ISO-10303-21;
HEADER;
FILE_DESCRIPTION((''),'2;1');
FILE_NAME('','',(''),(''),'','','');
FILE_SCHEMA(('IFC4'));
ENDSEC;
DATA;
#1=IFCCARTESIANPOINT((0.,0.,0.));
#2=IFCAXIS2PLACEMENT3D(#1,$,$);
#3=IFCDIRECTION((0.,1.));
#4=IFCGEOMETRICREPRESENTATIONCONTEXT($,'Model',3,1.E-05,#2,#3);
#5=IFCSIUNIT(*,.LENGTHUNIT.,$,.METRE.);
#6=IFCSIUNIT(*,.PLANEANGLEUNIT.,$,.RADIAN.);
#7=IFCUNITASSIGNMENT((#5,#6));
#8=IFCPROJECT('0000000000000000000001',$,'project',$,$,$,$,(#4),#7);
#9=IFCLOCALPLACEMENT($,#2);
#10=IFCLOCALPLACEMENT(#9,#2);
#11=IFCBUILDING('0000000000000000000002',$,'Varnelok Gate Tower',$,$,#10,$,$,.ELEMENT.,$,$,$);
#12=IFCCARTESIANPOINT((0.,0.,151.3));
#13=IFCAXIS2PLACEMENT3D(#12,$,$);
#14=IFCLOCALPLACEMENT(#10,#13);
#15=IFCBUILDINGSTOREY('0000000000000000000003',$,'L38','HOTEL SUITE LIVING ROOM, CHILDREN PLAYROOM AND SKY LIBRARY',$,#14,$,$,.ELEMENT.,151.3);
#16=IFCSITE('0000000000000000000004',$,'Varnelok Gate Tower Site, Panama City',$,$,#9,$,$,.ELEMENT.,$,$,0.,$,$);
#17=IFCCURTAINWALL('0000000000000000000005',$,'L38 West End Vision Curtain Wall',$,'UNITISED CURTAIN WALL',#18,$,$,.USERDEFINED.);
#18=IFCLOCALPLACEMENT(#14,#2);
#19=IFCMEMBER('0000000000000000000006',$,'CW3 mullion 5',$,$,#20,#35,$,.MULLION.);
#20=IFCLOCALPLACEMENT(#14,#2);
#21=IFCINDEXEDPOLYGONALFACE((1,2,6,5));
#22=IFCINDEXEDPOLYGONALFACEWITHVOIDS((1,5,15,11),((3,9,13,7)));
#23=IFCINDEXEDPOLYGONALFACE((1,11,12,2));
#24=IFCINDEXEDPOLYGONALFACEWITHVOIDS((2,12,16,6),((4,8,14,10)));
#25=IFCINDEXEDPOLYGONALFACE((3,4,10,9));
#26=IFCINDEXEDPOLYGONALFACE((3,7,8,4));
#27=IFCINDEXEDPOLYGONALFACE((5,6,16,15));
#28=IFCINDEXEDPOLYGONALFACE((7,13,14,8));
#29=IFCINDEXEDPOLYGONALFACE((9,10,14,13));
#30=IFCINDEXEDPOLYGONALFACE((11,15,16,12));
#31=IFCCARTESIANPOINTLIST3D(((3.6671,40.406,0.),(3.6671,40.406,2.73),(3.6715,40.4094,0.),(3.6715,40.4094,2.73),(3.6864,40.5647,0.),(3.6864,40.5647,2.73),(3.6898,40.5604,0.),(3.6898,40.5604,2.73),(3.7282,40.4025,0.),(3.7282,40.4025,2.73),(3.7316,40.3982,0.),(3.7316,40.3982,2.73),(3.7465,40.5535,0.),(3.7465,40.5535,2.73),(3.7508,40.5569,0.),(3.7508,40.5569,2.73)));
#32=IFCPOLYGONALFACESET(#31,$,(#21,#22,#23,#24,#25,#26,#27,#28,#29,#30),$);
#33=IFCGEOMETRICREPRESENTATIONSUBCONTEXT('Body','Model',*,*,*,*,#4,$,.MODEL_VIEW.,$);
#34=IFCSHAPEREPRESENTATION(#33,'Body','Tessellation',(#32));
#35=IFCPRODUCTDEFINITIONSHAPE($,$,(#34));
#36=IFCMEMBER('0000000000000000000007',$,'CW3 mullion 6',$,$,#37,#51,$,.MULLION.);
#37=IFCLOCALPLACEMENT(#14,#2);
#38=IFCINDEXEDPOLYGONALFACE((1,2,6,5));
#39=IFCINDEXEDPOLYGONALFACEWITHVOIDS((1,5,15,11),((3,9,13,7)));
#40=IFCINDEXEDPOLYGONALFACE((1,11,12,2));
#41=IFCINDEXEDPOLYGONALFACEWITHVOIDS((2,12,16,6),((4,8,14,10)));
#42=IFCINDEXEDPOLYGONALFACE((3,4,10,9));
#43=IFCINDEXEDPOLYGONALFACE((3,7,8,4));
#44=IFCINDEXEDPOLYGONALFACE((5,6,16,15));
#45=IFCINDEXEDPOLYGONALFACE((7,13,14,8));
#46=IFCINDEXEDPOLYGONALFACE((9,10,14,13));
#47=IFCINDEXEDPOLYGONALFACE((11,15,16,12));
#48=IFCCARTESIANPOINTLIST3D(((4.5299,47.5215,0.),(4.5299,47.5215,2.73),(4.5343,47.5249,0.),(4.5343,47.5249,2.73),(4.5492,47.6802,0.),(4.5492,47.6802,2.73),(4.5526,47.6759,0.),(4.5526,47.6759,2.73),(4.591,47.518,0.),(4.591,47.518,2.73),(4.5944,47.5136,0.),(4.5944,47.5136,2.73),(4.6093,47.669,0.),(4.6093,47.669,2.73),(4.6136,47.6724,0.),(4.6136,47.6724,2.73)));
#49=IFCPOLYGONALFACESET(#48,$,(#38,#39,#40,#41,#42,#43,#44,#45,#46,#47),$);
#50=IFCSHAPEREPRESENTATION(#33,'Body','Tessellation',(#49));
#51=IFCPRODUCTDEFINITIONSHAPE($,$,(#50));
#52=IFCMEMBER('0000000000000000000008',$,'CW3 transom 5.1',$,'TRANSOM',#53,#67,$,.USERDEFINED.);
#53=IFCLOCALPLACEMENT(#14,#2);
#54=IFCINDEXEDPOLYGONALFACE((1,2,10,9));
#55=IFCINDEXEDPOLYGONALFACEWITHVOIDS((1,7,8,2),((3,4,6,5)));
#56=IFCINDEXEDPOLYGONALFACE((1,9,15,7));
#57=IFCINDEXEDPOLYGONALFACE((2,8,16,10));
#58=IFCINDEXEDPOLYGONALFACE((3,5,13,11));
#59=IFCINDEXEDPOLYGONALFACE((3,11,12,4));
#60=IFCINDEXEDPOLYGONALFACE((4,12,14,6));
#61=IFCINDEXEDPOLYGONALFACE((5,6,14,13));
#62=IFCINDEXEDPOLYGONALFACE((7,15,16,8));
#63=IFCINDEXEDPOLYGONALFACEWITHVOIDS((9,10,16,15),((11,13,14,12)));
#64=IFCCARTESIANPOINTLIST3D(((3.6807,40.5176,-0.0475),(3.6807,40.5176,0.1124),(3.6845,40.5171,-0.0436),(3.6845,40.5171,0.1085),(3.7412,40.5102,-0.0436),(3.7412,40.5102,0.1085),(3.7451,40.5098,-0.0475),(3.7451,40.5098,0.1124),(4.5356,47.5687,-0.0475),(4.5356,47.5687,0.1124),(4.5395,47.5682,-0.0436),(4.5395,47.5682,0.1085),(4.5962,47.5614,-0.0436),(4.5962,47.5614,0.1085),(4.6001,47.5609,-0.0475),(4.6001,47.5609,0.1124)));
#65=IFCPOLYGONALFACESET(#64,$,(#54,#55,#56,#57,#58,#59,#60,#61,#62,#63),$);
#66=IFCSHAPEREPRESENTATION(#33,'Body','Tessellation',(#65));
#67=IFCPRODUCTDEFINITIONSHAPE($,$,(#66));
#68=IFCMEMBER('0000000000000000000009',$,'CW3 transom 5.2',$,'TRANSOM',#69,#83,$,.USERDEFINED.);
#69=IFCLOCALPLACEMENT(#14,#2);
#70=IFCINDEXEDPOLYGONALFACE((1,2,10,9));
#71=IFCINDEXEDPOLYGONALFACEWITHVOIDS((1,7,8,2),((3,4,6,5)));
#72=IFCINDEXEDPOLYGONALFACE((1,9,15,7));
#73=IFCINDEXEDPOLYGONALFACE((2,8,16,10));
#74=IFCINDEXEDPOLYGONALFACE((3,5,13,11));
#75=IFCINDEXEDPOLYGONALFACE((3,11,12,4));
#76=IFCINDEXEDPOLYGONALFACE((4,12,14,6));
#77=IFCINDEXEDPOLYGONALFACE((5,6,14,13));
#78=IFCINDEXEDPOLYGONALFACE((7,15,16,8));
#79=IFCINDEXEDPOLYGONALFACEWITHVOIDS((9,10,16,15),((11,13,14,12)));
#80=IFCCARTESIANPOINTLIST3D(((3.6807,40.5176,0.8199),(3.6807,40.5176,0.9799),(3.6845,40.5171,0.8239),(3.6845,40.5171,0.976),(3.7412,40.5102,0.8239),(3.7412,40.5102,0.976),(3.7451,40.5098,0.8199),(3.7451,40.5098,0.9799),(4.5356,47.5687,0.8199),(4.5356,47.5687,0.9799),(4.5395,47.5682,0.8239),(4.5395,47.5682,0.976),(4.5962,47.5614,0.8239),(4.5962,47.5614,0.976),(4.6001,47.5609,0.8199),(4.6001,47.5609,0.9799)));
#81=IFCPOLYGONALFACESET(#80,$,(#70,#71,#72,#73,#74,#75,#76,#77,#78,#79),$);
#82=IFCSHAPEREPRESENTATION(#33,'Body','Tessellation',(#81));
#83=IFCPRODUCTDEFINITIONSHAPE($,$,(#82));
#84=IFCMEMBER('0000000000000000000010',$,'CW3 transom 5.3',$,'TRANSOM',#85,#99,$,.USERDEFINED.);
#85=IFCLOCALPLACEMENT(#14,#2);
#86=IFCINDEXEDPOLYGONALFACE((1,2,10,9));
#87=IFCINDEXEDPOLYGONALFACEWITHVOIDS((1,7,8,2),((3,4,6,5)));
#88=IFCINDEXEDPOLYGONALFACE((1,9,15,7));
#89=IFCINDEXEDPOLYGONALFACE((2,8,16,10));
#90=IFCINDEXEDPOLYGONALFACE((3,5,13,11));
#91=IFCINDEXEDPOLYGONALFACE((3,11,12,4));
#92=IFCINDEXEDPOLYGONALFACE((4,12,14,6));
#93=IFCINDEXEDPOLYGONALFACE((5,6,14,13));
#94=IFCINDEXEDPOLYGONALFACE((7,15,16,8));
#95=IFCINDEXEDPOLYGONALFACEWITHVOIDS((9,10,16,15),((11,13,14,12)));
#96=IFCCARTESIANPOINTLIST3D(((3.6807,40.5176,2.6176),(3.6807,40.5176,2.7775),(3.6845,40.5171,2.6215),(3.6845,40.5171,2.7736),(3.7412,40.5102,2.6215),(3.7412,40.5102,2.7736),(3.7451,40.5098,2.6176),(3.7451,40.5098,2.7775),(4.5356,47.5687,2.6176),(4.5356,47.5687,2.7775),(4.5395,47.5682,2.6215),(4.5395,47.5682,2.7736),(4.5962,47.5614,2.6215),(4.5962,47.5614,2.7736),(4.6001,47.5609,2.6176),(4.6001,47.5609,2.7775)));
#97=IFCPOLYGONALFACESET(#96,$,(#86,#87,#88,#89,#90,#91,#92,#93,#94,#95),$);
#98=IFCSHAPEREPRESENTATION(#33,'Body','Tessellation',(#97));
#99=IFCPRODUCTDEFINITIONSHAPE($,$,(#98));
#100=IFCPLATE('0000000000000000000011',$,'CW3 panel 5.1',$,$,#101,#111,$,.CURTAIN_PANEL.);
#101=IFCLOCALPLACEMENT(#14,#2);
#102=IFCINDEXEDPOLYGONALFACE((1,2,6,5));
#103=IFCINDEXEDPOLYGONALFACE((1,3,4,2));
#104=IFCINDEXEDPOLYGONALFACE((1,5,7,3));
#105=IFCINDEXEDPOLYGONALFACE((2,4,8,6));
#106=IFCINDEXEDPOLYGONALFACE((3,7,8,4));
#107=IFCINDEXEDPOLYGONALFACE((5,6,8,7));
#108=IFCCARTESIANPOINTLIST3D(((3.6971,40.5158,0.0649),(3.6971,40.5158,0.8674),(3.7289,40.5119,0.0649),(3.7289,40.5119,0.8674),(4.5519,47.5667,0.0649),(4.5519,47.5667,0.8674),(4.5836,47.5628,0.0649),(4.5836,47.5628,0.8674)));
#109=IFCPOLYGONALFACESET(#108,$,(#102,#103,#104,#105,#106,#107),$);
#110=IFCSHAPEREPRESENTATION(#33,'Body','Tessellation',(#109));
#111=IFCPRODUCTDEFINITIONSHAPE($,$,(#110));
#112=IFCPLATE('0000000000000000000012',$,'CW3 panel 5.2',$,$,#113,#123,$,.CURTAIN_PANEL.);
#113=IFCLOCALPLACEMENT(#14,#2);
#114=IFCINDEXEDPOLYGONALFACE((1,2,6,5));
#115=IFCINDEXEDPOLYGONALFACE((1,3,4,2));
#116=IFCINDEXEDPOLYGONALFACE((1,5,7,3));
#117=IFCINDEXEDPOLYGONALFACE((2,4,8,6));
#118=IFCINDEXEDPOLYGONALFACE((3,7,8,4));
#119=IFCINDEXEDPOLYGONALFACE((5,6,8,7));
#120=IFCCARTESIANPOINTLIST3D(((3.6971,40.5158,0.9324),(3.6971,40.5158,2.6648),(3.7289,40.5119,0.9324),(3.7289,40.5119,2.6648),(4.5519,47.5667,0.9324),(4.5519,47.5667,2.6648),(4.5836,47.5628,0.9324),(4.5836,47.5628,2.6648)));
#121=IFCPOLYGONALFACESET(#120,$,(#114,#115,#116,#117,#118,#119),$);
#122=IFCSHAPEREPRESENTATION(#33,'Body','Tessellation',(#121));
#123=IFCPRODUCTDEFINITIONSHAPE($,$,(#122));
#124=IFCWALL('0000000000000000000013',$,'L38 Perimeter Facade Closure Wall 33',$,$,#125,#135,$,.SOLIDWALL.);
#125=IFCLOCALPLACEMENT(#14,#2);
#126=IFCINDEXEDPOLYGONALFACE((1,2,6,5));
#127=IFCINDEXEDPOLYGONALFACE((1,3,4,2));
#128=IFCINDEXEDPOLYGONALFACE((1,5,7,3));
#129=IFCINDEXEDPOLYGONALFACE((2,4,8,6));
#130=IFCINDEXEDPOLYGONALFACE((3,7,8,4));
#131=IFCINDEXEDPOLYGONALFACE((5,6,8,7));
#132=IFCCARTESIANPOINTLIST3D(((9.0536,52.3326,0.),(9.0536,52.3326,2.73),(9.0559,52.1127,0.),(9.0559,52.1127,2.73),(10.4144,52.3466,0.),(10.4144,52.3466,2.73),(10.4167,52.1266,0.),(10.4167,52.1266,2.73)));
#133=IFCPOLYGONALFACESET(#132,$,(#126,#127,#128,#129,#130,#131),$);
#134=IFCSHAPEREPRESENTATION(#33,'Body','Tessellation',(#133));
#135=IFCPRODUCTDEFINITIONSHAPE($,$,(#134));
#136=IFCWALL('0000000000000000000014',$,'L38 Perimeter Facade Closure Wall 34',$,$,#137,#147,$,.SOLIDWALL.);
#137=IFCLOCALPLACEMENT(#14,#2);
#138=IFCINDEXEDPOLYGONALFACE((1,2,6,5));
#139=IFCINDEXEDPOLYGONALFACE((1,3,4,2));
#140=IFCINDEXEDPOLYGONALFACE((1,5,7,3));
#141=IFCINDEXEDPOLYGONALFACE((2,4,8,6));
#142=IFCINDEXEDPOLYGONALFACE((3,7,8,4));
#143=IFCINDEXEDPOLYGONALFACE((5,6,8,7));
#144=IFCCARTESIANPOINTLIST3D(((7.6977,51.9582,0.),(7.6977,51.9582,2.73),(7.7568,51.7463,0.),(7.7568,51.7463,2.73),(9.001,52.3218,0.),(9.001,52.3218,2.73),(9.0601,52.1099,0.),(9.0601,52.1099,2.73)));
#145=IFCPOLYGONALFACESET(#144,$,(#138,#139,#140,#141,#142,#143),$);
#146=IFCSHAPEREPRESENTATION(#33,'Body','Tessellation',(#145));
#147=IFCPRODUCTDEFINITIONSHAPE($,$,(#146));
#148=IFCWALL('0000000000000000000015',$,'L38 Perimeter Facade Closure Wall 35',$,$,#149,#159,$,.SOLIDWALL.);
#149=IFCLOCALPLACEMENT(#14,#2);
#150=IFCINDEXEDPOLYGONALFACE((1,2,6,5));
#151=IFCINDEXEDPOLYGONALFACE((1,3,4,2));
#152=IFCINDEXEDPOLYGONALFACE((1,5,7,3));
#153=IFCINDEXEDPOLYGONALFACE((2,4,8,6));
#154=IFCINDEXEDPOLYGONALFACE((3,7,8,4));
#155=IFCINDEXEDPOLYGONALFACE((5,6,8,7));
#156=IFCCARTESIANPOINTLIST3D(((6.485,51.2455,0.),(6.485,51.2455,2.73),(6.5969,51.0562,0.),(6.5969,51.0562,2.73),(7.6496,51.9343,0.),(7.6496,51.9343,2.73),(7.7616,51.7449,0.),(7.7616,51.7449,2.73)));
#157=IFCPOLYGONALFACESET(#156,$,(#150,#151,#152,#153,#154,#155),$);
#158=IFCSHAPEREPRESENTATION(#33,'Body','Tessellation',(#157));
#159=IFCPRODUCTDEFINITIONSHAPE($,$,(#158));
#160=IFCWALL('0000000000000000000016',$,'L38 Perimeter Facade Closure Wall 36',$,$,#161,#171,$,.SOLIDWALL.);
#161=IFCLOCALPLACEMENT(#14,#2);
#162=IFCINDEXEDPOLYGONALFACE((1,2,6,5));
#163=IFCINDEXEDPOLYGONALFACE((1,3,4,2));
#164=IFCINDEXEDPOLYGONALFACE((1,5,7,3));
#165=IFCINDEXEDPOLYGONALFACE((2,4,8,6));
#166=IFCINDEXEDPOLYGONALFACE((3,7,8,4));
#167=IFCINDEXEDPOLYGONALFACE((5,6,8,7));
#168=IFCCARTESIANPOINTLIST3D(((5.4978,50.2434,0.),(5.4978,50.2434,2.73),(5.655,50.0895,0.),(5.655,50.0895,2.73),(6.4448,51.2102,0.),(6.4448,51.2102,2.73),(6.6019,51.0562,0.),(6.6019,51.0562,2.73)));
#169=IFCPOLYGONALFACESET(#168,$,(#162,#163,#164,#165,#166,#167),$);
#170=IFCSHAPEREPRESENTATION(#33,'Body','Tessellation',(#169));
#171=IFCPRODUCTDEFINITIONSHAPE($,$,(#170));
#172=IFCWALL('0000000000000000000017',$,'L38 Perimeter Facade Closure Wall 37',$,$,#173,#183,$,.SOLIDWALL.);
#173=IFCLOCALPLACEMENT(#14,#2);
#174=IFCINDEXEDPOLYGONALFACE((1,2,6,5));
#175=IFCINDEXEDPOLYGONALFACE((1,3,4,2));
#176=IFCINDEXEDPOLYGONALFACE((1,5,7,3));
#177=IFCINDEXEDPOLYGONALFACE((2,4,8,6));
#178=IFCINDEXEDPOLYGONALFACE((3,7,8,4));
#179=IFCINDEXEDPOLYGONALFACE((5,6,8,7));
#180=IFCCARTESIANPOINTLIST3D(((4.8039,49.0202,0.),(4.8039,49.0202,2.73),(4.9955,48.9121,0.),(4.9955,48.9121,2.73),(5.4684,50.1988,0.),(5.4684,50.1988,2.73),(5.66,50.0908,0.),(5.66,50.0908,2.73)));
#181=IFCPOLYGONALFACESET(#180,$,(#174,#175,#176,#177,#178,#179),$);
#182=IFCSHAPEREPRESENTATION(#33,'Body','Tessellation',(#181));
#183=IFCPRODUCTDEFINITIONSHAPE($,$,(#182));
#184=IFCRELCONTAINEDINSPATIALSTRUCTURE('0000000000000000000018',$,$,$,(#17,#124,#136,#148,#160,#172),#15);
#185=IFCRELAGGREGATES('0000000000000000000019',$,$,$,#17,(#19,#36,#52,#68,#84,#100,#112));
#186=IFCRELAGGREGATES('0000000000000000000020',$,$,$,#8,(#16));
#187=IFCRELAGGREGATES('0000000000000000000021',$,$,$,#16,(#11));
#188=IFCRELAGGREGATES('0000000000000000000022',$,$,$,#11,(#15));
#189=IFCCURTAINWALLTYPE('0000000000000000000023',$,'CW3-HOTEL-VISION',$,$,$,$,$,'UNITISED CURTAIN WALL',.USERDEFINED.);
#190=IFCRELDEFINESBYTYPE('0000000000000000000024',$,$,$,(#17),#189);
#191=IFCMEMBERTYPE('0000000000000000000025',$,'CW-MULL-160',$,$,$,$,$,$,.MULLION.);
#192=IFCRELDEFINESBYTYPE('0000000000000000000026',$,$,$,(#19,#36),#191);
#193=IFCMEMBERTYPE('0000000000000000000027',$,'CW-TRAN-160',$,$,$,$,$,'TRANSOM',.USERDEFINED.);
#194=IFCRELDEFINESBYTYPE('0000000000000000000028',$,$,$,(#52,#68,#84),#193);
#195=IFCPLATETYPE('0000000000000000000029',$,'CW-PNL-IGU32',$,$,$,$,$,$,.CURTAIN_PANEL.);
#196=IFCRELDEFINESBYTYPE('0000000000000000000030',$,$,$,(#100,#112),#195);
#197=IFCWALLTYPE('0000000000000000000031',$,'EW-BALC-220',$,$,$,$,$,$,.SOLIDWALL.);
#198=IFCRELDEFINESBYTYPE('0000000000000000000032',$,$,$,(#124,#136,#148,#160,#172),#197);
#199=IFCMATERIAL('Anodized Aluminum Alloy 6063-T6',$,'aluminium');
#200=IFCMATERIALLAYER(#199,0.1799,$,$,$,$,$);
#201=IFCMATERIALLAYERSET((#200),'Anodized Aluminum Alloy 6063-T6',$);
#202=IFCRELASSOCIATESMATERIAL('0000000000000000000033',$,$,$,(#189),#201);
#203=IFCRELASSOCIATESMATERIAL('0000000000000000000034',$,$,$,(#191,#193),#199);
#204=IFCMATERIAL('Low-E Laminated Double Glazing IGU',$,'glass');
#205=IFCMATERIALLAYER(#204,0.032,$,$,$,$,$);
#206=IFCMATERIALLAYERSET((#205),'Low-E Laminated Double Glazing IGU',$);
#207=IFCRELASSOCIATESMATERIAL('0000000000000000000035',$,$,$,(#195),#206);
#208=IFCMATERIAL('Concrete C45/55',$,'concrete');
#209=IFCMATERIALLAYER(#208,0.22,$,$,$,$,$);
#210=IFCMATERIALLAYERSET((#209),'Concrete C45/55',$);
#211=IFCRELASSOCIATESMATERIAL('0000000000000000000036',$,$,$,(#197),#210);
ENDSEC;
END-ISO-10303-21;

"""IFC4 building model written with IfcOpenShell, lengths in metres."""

from ifc_helpers import new_model, si_unit, direction, frame, frame_2d, origin, origin_2d, place, context, subcontext, project, spatial, rectangle, hollow_rectangle, extrude, source, transform, mapped, material, layer, layer_set, material_profile, profile_set, type_object, element, aggregate, save


model = new_model("IFC4")

# Units and contexts
model_context = context("Model", 3, precision=1e-05, world=origin(), true_north=direction((0.0, 1.0)))
body_context = subcontext(model_context, "Body", "Model", "MODEL_VIEW")
ifc_project = project(units=[si_unit("LENGTHUNIT", "METRE"), si_unit("PLANEANGLEUNIT", "RADIAN")], contexts=[model_context])

# Site, building, storey
site_placement = place(None, origin())
site = spatial("IfcSite", under=ifc_project, at=site_placement, Name="Varnelok Gate Tower Site, Panama City", CompositionType="ELEMENT", RefElevation=0.0)
building_placement = place(site_placement, origin())
building = spatial("IfcBuilding", under=site, at=building_placement, Name="Varnelok Gate Tower", CompositionType="ELEMENT")
storey_placement = place(building_placement, frame((0.0, 0.0, 151.3)))
storey = spatial("IfcBuildingStorey", under=building, at=storey_placement, Name="L38", Description="HOTEL SUITE LIVING ROOM, CHILDREN PLAYROOM AND SKY LIBRARY", CompositionType="ELEMENT", Elevation=151.3)

# Curtain wall, members, plates
ifc_material_1 = material(Name="Anodized Aluminum Alloy 6063-T6", Category="aluminium")
ifc_layer_1 = layer(ifc_material_1, 0.1799)
ifc_layer_set_1 = layer_set([ifc_layer_1], Name="Anodized Aluminum Alloy 6063-T6")
curtain_wall_type = type_object("IfcCurtainWallType", Name="CW3-HOTEL-VISION", ElementType="UNITISED CURTAIN WALL", PredefinedType="USERDEFINED", material=ifc_layer_set_1)
curtain_wall_placement = place(storey_placement, origin())
curtain_wall = element("IfcCurtainWall", 1, at=curtain_wall_placement, inside=storey, type_object=curtain_wall_type, Name="L38 West End Vision Curtain Wall", ObjectType="UNITISED CURTAIN WALL", PredefinedType="USERDEFINED")
ifc_material_profile_1 = material_profile(ifc_material_1, hollow_rectangle(XDim=0.0649, YDim=0.1599, WallThickness=0.0039, at=origin_2d()), Name="ALU160X65X4")
ifc_profile_set_1 = profile_set([ifc_material_profile_1], Name="Anodized Aluminum Alloy 6063-T6")
member_type_1 = type_object("IfcMemberType", Name="CW-MULL-160", PredefinedType="MULLION", material=ifc_profile_set_1)
member_1_placement = place(storey_placement, frame((3.709, 40.4814, 0.0), z_axis=(0.0, 0.0, 1.0), x_axis=(-0.992732, 0.120347, 0.0)))
member_1 = element("IfcMember", 2, at=member_1_placement, type_object=member_type_1, Name="CW3 mullion 5", PredefinedType="MULLION", context=body_context, shape_type="SweptSolid", body=[
    extrude(hollow_rectangle(XDim=0.0649, YDim=0.1599, WallThickness=0.0039, at=origin_2d()), origin(), (0.0, 0.0, 1.0), 2.73),
])
member_2_placement = place(storey_placement, frame((4.5718, 47.5969, 0.0), z_axis=(0.0, 0.0, 1.0), x_axis=(-0.992732, 0.120347, 0.0)))
member_2 = element("IfcMember", 3, at=member_2_placement, type_object=member_type_1, Name="CW3 mullion 6", PredefinedType="MULLION", context=body_context, shape_type="SweptSolid", body=[
    extrude(hollow_rectangle(XDim=0.0649, YDim=0.1599, WallThickness=0.0039, at=origin_2d()), origin(), (0.0, 0.0, 1.0), 2.73),
])
ifc_material_profile_2 = material_profile(ifc_material_1, hollow_rectangle(XDim=0.0649, YDim=0.1599, WallThickness=0.0039, at=origin_2d()), Name="ALU160X65X4")
ifc_profile_set_2 = profile_set([ifc_material_profile_2], Name="Anodized Aluminum Alloy 6063-T6")
member_type_2 = type_object("IfcMemberType", Name="CW-TRAN-160", ElementType="TRANSOM", PredefinedType="USERDEFINED", material=ifc_profile_set_2)
member_3_placement = place(storey_placement, frame((3.7129, 40.5137, 0.0325), z_axis=(0.120374, 0.992729, 0.0), x_axis=(-0.992729, 0.120374, 0.0)))
member_3 = element("IfcMember", 4, at=member_3_placement, type_object=member_type_2, Name="CW3 transom 5.1", ObjectType="TRANSOM", PredefinedType="USERDEFINED", context=body_context, shape_type="SweptSolid", body=[
    extrude(hollow_rectangle(XDim=0.0649, YDim=0.1599, WallThickness=0.0039, at=origin_2d()), origin(), (0.0, 0.0, 1.0), 7.1028),
])
member_4_placement = place(storey_placement, frame((3.7129, 40.5137, 0.8999), z_axis=(0.120374, 0.992729, 0.0), x_axis=(-0.992729, 0.120374, 0.0)))
member_4 = element("IfcMember", 5, at=member_4_placement, type_object=member_type_2, Name="CW3 transom 5.2", ObjectType="TRANSOM", PredefinedType="USERDEFINED", context=body_context, shape_type="SweptSolid", body=[
    extrude(hollow_rectangle(XDim=0.0649, YDim=0.1599, WallThickness=0.0039, at=origin_2d()), origin(), (0.0, 0.0, 1.0), 7.1028),
])
member_5_placement = place(storey_placement, frame((3.7129, 40.5137, 2.6975), z_axis=(0.120374, 0.992729, 0.0), x_axis=(-0.992729, 0.120374, 0.0)))
member_5 = element("IfcMember", 6, at=member_5_placement, type_object=member_type_2, Name="CW3 transom 5.3", ObjectType="TRANSOM", PredefinedType="USERDEFINED", context=body_context, shape_type="SweptSolid", body=[
    extrude(hollow_rectangle(XDim=0.0649, YDim=0.1599, WallThickness=0.0039, at=origin_2d()), origin(), (0.0, 0.0, 1.0), 7.1028),
])
ifc_material_2 = material(Name="Low-E Laminated Double Glazing IGU", Category="glass")
ifc_layer_2 = layer(ifc_material_2, 0.032)
ifc_layer_set_2 = layer_set([ifc_layer_2], Name="Low-E Laminated Double Glazing IGU")
plate_type = type_object("IfcPlateType", Name="CW-PNL-IGU32", PredefinedType="CURTAIN_PANEL", material=ifc_layer_set_2)
shared_shape_1 = source(origin(), body_context, "Body", "SweptSolid", [
    extrude(rectangle(XDim=7.1025, YDim=0.032, at=origin_2d()), origin(), (0.0, 0.0, 1.0), 0.8025),
])
plate_1_placement = place(storey_placement, frame((4.1404, 44.0393, 0.0649), z_axis=(0.0, 0.0, 1.0), x_axis=(0.120347, 0.992732, 0.0)))
plate_1 = element("IfcPlate", 7, at=plate_1_placement, type_object=plate_type, Name="CW3 panel 5.1", PredefinedType="CURTAIN_PANEL", context=body_context, shape_type="MappedRepresentation", body=[
    mapped(shared_shape_1, transform((0.0, 0.0, 0.0), scale=1.0)),
])
shared_shape_2 = source(origin(), body_context, "Body", "SweptSolid", [
    extrude(rectangle(XDim=7.1025, YDim=0.032, at=origin_2d()), origin(), (0.0, 0.0, 1.0), 1.7324),
])
plate_2_placement = place(storey_placement, frame((4.1404, 44.0393, 0.9324), z_axis=(0.0, 0.0, 1.0), x_axis=(0.120347, 0.992732, 0.0)))
plate_2 = element("IfcPlate", 8, at=plate_2_placement, type_object=plate_type, Name="CW3 panel 5.2", PredefinedType="CURTAIN_PANEL", context=body_context, shape_type="MappedRepresentation", body=[
    mapped(shared_shape_2, transform((0.0, 0.0, 0.0), scale=1.0)),
])
aggregate(curtain_wall, [member_1, member_2, member_3, member_4, member_5, plate_1, plate_2])

# Walls
ifc_material_3 = material(Name="Concrete C45/55", Category="concrete")
ifc_layer_3 = layer(ifc_material_3, 0.22)
ifc_layer_set_3 = layer_set([ifc_layer_3], Name="Concrete C45/55")
wall_type_1 = type_object("IfcWallType", Name="EW-BALC-220", PredefinedType="SOLIDWALL", material=ifc_layer_set_3)
wall_1_placement = place(storey_placement, frame((10.4155, 52.2366, 0.0), z_axis=(0.0, 0.0, 1.0), x_axis=(-0.999948, -0.010226, 0.0)))
element("IfcWall", 9, at=wall_1_placement, inside=storey, type_object=wall_type_1, Name="L38 Perimeter Facade Closure Wall 33", PredefinedType="SOLIDWALL", context=body_context, shape_type="SweptSolid", body=[
    extrude(rectangle(XDim=1.3608, YDim=0.22, at=frame_2d((0.6804, 0.0))), origin(), (0.0, 0.0, 1.0), 2.73),
])
for number, where, z_axis, x_axis, name in (
    (10, (9.0305, 52.2158, 0.0), (0.0, 0.0, 1.0), (-0.963228, -0.268686, 0.0), "L38 Perimeter Facade Closure Wall 34"),
    (11, (7.7056, 51.8396, 0.0), (0.0, 0.0, 1.0), (-0.86074, -0.509045, 0.0), "L38 Perimeter Facade Closure Wall 35"),
):
    element("IfcWall", number, at=place(storey_placement, frame(where, z_axis=z_axis, x_axis=x_axis)), inside=storey, type_object=wall_type_1, Name=name, PredefinedType="SOLIDWALL", context=body_context, shape_type="SweptSolid", body=[
        extrude(rectangle(XDim=1.353, YDim=0.22, at=frame_2d((0.6765, 0.0))), origin(), (0.0, 0.0, 1.0), 2.73),
    ])
wall_2_placement = place(storey_placement, frame((6.5234, 51.1333, 0.0), z_axis=(0.0, 0.0, 1.0), x_axis=(-0.699763, -0.714375, 0.0)))
element("IfcWall", 12, at=wall_2_placement, inside=storey, type_object=wall_type_1, Name="L38 Perimeter Facade Closure Wall 36", PredefinedType="SOLIDWALL", context=body_context, shape_type="SweptSolid", body=[
    extrude(rectangle(XDim=1.3533, YDim=0.22, at=frame_2d((0.6768, 0.0))), origin(), (0.0, 0.0, 1.0), 2.73),
])
wall_3_placement = place(storey_placement, frame((5.5642, 50.1448, 0.0), z_axis=(0.0, 0.0, 1.0), x_axis=(-0.491118, -0.871093, 0.0)))
element("IfcWall", 13, at=wall_3_placement, inside=storey, type_object=wall_type_1, Name="L38 Perimeter Facade Closure Wall 37", PredefinedType="SOLIDWALL", context=body_context, shape_type="SweptSolid", body=[
    extrude(rectangle(XDim=1.353, YDim=0.22, at=frame_2d((0.6765, 0.0))), origin(), (0.0, 0.0, 1.0), 2.73),
])

save(model, "model.ifc")
